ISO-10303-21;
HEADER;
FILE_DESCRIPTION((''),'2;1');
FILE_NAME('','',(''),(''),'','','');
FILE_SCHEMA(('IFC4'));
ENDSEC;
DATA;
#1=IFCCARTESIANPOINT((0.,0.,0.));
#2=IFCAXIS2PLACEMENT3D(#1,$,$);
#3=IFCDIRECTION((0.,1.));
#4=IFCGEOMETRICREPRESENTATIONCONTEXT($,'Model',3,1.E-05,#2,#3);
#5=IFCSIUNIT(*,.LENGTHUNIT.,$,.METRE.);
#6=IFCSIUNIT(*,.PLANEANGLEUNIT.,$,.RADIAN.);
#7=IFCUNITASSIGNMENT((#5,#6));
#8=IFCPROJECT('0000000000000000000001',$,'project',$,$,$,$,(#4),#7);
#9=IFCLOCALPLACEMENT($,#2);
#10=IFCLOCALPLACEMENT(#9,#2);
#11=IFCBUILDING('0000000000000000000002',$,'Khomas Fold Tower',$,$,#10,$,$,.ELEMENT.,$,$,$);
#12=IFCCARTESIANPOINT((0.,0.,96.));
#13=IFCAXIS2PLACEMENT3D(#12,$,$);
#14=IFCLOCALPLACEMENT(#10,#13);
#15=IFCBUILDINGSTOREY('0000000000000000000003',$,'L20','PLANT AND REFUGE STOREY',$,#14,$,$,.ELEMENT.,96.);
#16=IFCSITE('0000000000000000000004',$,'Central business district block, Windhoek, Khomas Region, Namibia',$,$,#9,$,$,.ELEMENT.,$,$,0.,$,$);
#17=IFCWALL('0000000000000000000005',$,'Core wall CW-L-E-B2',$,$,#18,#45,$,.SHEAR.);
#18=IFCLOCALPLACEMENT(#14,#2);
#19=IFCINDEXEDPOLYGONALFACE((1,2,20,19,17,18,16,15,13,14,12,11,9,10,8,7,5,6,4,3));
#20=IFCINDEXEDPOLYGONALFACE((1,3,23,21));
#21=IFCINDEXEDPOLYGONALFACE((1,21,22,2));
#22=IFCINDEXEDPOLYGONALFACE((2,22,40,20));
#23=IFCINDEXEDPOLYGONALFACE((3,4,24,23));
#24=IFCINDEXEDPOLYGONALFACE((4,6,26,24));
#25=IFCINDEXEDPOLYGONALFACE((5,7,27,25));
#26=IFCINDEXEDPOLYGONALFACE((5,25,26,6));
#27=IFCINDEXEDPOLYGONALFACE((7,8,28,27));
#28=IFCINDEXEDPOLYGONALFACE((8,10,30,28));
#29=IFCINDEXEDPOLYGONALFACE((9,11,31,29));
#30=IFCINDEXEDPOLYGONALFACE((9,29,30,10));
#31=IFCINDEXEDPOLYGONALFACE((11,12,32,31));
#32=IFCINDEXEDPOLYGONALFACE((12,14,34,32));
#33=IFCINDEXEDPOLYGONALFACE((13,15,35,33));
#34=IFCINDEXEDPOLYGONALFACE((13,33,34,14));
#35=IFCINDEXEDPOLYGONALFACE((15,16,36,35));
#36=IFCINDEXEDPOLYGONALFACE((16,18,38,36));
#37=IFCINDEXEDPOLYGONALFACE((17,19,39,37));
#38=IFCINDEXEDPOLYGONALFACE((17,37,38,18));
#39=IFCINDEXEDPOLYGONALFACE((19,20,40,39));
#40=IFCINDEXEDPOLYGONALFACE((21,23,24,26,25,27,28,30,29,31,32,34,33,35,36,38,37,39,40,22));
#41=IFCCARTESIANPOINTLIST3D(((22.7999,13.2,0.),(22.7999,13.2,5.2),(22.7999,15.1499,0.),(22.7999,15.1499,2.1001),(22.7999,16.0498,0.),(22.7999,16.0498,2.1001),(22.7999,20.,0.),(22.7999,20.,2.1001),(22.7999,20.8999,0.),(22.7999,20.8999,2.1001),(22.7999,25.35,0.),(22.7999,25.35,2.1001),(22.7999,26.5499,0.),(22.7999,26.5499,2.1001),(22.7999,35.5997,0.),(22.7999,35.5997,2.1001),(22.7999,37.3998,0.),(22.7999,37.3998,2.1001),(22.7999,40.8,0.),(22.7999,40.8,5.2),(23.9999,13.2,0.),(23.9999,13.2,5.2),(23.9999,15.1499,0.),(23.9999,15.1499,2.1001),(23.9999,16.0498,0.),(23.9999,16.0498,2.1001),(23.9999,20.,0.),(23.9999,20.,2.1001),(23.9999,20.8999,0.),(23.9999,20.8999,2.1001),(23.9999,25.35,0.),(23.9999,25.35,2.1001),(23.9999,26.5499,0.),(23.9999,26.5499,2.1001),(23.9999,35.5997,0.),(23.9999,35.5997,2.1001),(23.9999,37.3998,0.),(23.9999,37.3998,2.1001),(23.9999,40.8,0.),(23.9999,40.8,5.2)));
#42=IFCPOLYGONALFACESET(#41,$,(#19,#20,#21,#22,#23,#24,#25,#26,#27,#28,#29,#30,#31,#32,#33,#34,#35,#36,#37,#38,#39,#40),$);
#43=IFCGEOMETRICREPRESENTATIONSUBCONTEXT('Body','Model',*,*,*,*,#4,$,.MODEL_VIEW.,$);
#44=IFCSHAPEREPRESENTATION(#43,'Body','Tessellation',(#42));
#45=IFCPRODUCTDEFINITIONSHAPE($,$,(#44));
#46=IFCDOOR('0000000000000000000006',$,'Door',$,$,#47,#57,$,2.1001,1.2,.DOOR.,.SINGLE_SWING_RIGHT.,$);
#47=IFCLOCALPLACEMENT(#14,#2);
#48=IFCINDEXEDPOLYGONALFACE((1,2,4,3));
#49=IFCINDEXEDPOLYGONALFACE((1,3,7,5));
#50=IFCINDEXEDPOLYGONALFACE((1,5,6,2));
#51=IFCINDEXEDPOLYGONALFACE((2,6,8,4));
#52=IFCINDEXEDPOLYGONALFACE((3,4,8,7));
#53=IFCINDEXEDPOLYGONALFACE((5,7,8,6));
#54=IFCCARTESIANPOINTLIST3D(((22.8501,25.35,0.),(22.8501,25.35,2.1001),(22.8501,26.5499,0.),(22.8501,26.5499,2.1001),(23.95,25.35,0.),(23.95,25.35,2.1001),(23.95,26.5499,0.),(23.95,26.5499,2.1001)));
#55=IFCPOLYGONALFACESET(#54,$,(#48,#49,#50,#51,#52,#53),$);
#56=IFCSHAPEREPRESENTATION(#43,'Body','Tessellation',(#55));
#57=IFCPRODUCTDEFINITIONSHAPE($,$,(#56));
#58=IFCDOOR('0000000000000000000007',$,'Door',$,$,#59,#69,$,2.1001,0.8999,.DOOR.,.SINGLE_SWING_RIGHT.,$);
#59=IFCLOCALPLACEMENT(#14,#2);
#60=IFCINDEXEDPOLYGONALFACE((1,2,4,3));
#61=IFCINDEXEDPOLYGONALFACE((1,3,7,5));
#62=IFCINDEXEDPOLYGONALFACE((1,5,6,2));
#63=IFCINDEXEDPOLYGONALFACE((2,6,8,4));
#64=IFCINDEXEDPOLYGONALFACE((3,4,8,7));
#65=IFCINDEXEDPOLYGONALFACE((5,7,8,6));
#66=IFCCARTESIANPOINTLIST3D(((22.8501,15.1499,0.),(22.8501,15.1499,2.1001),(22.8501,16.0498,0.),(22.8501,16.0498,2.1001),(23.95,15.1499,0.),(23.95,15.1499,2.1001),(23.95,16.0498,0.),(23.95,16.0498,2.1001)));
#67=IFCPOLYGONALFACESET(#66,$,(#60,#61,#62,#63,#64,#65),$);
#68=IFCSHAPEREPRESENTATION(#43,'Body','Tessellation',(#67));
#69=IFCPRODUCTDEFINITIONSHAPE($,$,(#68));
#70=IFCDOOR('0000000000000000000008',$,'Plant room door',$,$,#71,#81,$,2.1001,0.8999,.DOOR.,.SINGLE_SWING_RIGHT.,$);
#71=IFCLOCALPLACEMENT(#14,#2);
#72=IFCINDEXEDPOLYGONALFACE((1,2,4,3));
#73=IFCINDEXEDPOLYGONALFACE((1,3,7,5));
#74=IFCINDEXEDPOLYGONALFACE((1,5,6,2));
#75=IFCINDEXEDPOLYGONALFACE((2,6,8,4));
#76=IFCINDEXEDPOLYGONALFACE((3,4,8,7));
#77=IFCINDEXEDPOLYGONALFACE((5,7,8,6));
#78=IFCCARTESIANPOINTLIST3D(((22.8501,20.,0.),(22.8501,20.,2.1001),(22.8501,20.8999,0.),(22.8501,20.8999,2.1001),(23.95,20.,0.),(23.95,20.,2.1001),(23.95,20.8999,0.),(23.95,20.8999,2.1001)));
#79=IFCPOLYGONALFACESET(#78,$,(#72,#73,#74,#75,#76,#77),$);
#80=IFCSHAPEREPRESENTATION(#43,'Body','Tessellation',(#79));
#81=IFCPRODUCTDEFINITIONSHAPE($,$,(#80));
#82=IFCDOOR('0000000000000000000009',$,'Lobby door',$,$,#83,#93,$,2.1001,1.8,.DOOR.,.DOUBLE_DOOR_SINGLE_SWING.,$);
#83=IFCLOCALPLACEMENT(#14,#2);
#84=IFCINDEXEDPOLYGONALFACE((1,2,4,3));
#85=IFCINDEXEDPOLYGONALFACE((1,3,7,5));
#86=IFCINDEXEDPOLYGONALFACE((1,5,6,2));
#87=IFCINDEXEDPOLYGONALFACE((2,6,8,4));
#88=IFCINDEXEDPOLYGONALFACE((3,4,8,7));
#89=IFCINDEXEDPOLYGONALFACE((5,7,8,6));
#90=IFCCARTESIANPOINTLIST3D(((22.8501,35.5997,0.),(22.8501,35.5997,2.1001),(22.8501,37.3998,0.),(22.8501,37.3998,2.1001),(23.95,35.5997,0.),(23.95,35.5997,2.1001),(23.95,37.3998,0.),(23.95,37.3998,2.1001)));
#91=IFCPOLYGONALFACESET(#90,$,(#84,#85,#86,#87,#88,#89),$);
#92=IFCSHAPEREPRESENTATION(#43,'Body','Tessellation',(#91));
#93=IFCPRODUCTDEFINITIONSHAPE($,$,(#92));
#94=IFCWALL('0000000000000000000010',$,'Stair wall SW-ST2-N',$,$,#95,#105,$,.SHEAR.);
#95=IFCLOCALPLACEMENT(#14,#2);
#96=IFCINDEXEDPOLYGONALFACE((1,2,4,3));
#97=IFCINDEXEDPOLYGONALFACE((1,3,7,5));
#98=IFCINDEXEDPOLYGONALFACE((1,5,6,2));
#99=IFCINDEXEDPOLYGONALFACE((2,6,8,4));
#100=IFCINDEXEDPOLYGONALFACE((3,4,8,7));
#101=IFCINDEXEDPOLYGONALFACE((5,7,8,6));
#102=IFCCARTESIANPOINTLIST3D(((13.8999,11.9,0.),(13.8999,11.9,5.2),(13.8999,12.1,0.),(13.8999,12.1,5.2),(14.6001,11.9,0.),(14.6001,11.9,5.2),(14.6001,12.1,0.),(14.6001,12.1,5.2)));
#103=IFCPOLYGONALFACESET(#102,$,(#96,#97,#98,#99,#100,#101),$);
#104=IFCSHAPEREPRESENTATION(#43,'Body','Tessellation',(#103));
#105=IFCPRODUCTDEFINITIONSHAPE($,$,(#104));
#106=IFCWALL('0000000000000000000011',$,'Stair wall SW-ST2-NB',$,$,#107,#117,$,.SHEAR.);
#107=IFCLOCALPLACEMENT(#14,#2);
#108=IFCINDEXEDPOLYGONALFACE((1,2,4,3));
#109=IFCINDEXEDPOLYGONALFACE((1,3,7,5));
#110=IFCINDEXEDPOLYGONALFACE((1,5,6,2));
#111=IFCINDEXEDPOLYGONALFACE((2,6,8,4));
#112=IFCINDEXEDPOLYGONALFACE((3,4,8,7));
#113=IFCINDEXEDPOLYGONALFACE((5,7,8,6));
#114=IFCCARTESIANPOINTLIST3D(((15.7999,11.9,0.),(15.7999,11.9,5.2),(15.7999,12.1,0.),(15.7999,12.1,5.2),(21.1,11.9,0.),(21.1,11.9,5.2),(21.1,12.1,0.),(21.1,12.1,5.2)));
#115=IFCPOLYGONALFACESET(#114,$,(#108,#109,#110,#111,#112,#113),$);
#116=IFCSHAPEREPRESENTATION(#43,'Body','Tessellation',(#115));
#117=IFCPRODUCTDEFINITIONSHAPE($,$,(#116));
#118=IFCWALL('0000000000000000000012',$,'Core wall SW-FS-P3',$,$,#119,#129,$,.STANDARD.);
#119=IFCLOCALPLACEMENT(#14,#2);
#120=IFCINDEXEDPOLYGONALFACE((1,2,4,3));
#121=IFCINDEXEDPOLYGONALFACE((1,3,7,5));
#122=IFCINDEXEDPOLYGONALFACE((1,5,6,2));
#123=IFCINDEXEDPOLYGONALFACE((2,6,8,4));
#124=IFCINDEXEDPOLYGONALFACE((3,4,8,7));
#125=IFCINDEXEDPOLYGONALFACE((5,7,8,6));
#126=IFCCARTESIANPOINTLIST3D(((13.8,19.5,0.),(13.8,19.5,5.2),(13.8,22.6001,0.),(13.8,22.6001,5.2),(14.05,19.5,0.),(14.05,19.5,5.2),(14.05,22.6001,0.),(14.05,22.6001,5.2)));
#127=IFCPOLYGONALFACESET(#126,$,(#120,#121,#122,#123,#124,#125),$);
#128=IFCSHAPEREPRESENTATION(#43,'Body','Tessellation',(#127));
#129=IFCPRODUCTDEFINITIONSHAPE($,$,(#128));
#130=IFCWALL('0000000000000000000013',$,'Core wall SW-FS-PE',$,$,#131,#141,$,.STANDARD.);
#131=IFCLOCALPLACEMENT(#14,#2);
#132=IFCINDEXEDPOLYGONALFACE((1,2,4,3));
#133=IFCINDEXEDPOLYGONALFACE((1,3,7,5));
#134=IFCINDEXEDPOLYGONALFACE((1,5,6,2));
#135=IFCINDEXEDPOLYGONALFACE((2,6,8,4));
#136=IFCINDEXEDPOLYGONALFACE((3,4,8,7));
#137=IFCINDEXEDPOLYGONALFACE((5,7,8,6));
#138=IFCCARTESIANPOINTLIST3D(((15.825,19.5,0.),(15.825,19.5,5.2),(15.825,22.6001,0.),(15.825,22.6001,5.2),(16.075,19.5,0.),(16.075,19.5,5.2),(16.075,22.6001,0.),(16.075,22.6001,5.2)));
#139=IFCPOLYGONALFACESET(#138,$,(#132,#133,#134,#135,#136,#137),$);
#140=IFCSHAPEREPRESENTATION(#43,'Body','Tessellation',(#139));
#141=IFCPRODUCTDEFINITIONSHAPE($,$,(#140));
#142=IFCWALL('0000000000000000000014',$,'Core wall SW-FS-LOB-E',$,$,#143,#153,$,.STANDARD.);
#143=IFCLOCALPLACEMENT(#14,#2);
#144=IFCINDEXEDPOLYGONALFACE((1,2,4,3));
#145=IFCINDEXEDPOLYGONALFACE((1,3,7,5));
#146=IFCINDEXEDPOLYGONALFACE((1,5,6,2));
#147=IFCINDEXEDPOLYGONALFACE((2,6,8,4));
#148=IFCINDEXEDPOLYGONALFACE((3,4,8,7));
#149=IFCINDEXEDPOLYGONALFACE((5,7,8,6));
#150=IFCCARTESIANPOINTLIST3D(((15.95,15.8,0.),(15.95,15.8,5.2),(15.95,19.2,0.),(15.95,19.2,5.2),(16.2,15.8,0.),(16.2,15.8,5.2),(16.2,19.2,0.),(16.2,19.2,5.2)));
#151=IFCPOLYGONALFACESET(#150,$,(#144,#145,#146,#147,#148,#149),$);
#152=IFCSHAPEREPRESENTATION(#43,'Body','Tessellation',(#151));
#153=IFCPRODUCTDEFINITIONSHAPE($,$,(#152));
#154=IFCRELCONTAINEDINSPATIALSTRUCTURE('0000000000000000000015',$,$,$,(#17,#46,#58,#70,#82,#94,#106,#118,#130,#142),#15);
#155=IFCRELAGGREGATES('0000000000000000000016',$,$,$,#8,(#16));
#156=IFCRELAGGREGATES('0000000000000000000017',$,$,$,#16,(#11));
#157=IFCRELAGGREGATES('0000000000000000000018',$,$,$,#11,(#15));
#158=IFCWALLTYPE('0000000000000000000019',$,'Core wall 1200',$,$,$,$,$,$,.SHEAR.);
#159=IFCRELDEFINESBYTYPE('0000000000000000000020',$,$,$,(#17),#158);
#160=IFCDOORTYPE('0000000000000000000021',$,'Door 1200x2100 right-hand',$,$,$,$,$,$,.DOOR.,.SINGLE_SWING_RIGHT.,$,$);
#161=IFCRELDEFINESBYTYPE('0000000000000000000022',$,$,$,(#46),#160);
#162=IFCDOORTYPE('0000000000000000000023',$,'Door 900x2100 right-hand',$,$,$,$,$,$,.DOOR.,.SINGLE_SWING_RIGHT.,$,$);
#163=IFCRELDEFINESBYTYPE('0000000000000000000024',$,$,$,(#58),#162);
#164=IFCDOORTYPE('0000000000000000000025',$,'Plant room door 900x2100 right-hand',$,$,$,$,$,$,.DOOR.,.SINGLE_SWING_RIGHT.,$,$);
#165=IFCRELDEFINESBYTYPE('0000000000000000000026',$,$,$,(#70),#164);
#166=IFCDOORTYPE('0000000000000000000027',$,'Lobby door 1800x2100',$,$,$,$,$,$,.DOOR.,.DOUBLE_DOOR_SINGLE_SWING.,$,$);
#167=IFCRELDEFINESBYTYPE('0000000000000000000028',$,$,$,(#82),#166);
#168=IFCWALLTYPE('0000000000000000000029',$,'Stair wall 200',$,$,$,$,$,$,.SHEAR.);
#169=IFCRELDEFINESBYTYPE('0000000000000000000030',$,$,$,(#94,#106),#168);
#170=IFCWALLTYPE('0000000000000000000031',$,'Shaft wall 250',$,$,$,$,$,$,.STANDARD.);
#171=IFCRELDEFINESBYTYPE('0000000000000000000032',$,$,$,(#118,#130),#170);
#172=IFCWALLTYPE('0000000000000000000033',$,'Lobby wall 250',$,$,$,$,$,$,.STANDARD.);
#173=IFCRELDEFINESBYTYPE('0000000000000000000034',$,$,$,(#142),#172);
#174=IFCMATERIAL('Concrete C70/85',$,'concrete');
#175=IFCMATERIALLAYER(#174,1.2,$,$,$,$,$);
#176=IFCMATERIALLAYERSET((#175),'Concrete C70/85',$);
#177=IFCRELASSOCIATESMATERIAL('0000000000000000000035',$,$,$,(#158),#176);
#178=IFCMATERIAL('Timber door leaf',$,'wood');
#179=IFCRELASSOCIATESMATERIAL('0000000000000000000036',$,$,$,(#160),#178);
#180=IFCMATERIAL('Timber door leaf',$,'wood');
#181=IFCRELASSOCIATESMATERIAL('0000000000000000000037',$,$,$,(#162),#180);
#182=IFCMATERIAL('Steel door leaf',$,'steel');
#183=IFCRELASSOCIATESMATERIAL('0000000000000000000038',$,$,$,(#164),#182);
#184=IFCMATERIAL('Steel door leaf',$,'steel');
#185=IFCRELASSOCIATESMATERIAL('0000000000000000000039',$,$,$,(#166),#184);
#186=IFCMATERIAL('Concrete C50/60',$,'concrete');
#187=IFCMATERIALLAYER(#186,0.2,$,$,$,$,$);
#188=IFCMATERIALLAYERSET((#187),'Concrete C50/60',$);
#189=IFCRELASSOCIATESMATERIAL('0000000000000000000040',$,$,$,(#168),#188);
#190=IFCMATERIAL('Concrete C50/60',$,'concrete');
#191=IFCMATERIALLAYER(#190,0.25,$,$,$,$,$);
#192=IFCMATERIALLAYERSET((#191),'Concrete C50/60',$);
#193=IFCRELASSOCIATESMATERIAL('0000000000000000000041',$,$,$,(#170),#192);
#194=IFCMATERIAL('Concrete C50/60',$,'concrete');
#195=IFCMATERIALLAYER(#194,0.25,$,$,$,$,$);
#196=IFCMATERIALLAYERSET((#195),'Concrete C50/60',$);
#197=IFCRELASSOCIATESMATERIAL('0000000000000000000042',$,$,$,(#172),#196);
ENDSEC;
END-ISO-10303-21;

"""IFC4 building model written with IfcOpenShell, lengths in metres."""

from ifc_helpers import new_model, si_unit, direction, frame, frame_2d, origin, place, context, subcontext, project, spatial, rectangle, extrude, source, transform, mapped, material, layer, layer_set, type_object, element, fill, save


model = new_model("IFC4")

# Units and contexts
model_context = context("Model", 3, precision=1e-05, world=origin(), true_north=direction((0.0, 1.0)))
body_context = subcontext(model_context, "Body", "Model", "MODEL_VIEW")
ifc_project = project(units=[si_unit("LENGTHUNIT", "METRE"), si_unit("PLANEANGLEUNIT", "RADIAN")], contexts=[model_context])

# Site, building, storey
site_placement = place(None, origin())
site = spatial("IfcSite", under=ifc_project, at=site_placement, Name="Central business district block, Windhoek, Khomas Region, Namibia", CompositionType="ELEMENT", RefElevation=0.0)
building_placement = place(site_placement, origin())
building = spatial("IfcBuilding", under=site, at=building_placement, Name="Khomas Fold Tower", CompositionType="ELEMENT")
storey_placement = place(building_placement, frame((0.0, 0.0, 96.0)))
storey = spatial("IfcBuildingStorey", under=building, at=storey_placement, Name="L20", Description="PLANT AND REFUGE STOREY", CompositionType="ELEMENT", Elevation=96.0)

# Shared definitions
ifc_material_1 = material(Name="Concrete C70/85", Category="concrete")
ifc_layer_1 = layer(ifc_material_1, 1.2)
ifc_layer_set_1 = layer_set([ifc_layer_1], Name="Concrete C70/85")
wall_type_1 = type_object("IfcWallType", Name="Core wall 1200", PredefinedType="SHEAR", material=ifc_layer_set_1)

# Wall, openings, doors
shared_shape_1 = source(origin(), body_context, "Body", "SweptSolid", [
    extrude(rectangle(XDim=27.6001, YDim=1.2, at=frame_2d((13.8, 0.0))), origin(), (0.0, 0.0, 1.0), 5.2),
])
wall_1_placement = place(storey_placement, frame((23.3999, 13.2, 0.0), z_axis=(0.0, 0.0, 1.0), x_axis=(0.0, 1.0, 0.0)))
wall_1 = element("IfcWall", 1, at=wall_1_placement, inside=storey, type_object=wall_type_1, Name="Core wall CW-L-E-B2", PredefinedType="SHEAR", context=body_context, shape_type="MappedRepresentation", body=[
    mapped(shared_shape_1, transform((0.0, 0.0, 0.0))),
])
shared_shape_2 = source(origin(), body_context, "Body", "SweptSolid", [
    extrude(rectangle(XDim=1.8, YDim=2.1001, at=frame_2d((0.8999, 1.05))), frame((0.0, 0.6099, 0.0), z_axis=(0.0, -1.0, 0.0), x_axis=(1.0, 0.0, 0.0)), (0.0, 0.0, 1.0), 1.22),
])
opening_1_placement = place(wall_1_placement, frame((22.3999, 0.0, 0.0)))
opening_1 = element("IfcOpeningElement", 2, at=opening_1_placement, cuts=wall_1, PredefinedType="OPENING", context=body_context, shape_type="MappedRepresentation", body=[
    mapped(shared_shape_2, transform((0.0, 0.0, 0.0))),
])
shared_shape_3 = source(origin(), body_context, "Body", "SweptSolid", [
    extrude(rectangle(XDim=1.2, YDim=2.1001, at=frame_2d((0.6001, 1.05))), frame((0.0, 0.6099, 0.0), z_axis=(0.0, -1.0, 0.0), x_axis=(1.0, 0.0, 0.0)), (0.0, 0.0, 1.0), 1.22),
])
opening_2_placement = place(wall_1_placement, frame((12.1499, 0.0, 0.0)))
opening_2 = element("IfcOpeningElement", 3, at=opening_2_placement, cuts=wall_1, PredefinedType="OPENING", context=body_context, shape_type="MappedRepresentation", body=[
    mapped(shared_shape_3, transform((0.0, 0.0, 0.0))),
])
shared_shape_4 = source(origin(), body_context, "Body", "SweptSolid", [
    extrude(rectangle(XDim=0.8999, YDim=2.1001, at=frame_2d((0.45, 1.05))), frame((0.0, 0.6099, 0.0), z_axis=(0.0, -1.0, 0.0), x_axis=(1.0, 0.0, 0.0)), (0.0, 0.0, 1.0), 1.22),
])
opening_3_placement = place(wall_1_placement, frame((1.95, 0.0, 0.0)))
opening_3 = element("IfcOpeningElement", 4, at=opening_3_placement, cuts=wall_1, PredefinedType="OPENING", context=body_context, shape_type="MappedRepresentation", body=[
    mapped(shared_shape_4, transform((0.0, 0.0, 0.0))),
])
opening_4_placement = place(wall_1_placement, frame((6.8, 0.0, 0.0)))
opening_4 = element("IfcOpeningElement", 5, at=opening_4_placement, cuts=wall_1, PredefinedType="OPENING", context=body_context, shape_type="MappedRepresentation", body=[
    mapped(shared_shape_4, transform((0.0, 0.0, 0.0))),
])
ifc_material_2 = material(Name="Timber door leaf", Category="wood")
door_type_1 = type_object("IfcDoorType", Name="Door 1200x2100 right-hand", OperationType="SINGLE_SWING_RIGHT", PredefinedType="DOOR", material=ifc_material_2)
shared_shape_5 = source(origin(), body_context, "Body", "SweptSolid", [
    extrude(rectangle(XDim=1.2, YDim=2.1001, at=frame_2d((0.6001, 1.05))), frame((0.0, 0.5498, 0.0), z_axis=(0.0, -1.0, 0.0), x_axis=(1.0, 0.0, 0.0)), (0.0, 0.0, 1.0), 1.0999),
])
door_1_placement = place(opening_2_placement, origin())
door_1 = element("IfcDoor", 6, at=door_1_placement, inside=storey, type_object=door_type_1, Name="Door", OperationType="SINGLE_SWING_RIGHT", OverallHeight=2.1001, OverallWidth=1.2, PredefinedType="DOOR", context=body_context, shape_type="MappedRepresentation", body=[
    mapped(shared_shape_5, transform((0.0, 0.0, 0.0))),
])
fill(opening_2, door_1)
ifc_material_3 = material(Name="Timber door leaf", Category="wood")
door_type_2 = type_object("IfcDoorType", Name="Door 900x2100 right-hand", OperationType="SINGLE_SWING_RIGHT", PredefinedType="DOOR", material=ifc_material_3)
shared_shape_6 = source(origin(), body_context, "Body", "SweptSolid", [
    extrude(rectangle(XDim=0.8999, YDim=2.1001, at=frame_2d((0.45, 1.05))), frame((0.0, 0.5498, 0.0), z_axis=(0.0, -1.0, 0.0), x_axis=(1.0, 0.0, 0.0)), (0.0, 0.0, 1.0), 1.0999),
])
door_2_placement = place(opening_3_placement, origin())
door_2 = element("IfcDoor", 7, at=door_2_placement, inside=storey, type_object=door_type_2, Name="Door", OperationType="SINGLE_SWING_RIGHT", OverallHeight=2.1001, OverallWidth=0.8999, PredefinedType="DOOR", context=body_context, shape_type="MappedRepresentation", body=[
    mapped(shared_shape_6, transform((0.0, 0.0, 0.0))),
])
fill(opening_3, door_2)
ifc_material_4 = material(Name="Steel door leaf", Category="steel")
door_type_3 = type_object("IfcDoorType", Name="Plant room door 900x2100 right-hand", OperationType="SINGLE_SWING_RIGHT", PredefinedType="DOOR", material=ifc_material_4)
door_3_placement = place(opening_4_placement, origin())
door_3 = element("IfcDoor", 8, at=door_3_placement, inside=storey, type_object=door_type_3, Name="Plant room door", OperationType="SINGLE_SWING_RIGHT", OverallHeight=2.1001, OverallWidth=0.8999, PredefinedType="DOOR", context=body_context, shape_type="MappedRepresentation", body=[
    mapped(shared_shape_6, transform((0.0, 0.0, 0.0))),
])
fill(opening_4, door_3)
ifc_material_5 = material(Name="Steel door leaf", Category="steel")
door_type_4 = type_object("IfcDoorType", Name="Lobby door 1800x2100", OperationType="DOUBLE_DOOR_SINGLE_SWING", PredefinedType="DOOR", material=ifc_material_5)
shared_shape_7 = source(origin(), body_context, "Body", "SweptSolid", [
    extrude(rectangle(XDim=1.8, YDim=2.1001, at=frame_2d((0.8999, 1.05))), frame((0.0, 0.5498, 0.0), z_axis=(0.0, -1.0, 0.0), x_axis=(1.0, 0.0, 0.0)), (0.0, 0.0, 1.0), 1.0999),
])
door_4_placement = place(opening_1_placement, origin())
door_4 = element("IfcDoor", 9, at=door_4_placement, inside=storey, type_object=door_type_4, Name="Lobby door", OperationType="DOUBLE_DOOR_SINGLE_SWING", OverallHeight=2.1001, OverallWidth=1.8, PredefinedType="DOOR", context=body_context, shape_type="MappedRepresentation", body=[
    mapped(shared_shape_7, transform((0.0, 0.0, 0.0))),
])
fill(opening_1, door_4)

# Walls
ifc_material_6 = material(Name="Concrete C50/60", Category="concrete")
ifc_layer_2 = layer(ifc_material_6, 0.2)
ifc_layer_set_2 = layer_set([ifc_layer_2], Name="Concrete C50/60")
wall_type_2 = type_object("IfcWallType", Name="Stair wall 200", PredefinedType="SHEAR", material=ifc_layer_set_2)
shared_shape_8 = source(origin(), body_context, "Body", "SweptSolid", [
    extrude(rectangle(XDim=0.7002, YDim=0.2, at=frame_2d((0.3501, 0.0))), origin(), (0.0, 0.0, 1.0), 5.2),
])
wall_2_placement = place(storey_placement, frame((13.8999, 12.0, 0.0), z_axis=(0.0, 0.0, 1.0), x_axis=(1.0, 0.0, 0.0)))
element("IfcWall", 10, at=wall_2_placement, inside=storey, type_object=wall_type_2, Name="Stair wall SW-ST2-N", PredefinedType="SHEAR", context=body_context, shape_type="MappedRepresentation", body=[
    mapped(shared_shape_8, transform((0.0, 0.0, 0.0))),
])
shared_shape_9 = source(origin(), body_context, "Body", "SweptSolid", [
    extrude(rectangle(XDim=5.3, YDim=0.2, at=frame_2d((2.6499, 0.0))), origin(), (0.0, 0.0, 1.0), 5.2),
])
wall_3_placement = place(storey_placement, frame((15.8, 12.0, 0.0), z_axis=(0.0, 0.0, 1.0), x_axis=(1.0, 0.0, 0.0)))
element("IfcWall", 11, at=wall_3_placement, inside=storey, type_object=wall_type_2, Name="Stair wall SW-ST2-NB", PredefinedType="SHEAR", context=body_context, shape_type="MappedRepresentation", body=[
    mapped(shared_shape_9, transform((0.0, 0.0, 0.0))),
])
ifc_material_7 = material(Name="Concrete C50/60", Category="concrete")
ifc_layer_3 = layer(ifc_material_7, 0.25)
ifc_layer_set_3 = layer_set([ifc_layer_3], Name="Concrete C50/60")
wall_type_3 = type_object("IfcWallType", Name="Shaft wall 250", PredefinedType="STANDARD", material=ifc_layer_set_3)
shared_shape_10 = source(origin(), body_context, "Body", "SweptSolid", [
    extrude(rectangle(XDim=3.1001, YDim=0.25, at=frame_2d((1.55, 0.0))), origin(), (0.0, 0.0, 1.0), 5.2),
])
for number, where, z_axis, x_axis, name in (
    (12, (13.925, 19.5, 0.0), (0.0, 0.0, 1.0), (0.0, 1.0, 0.0), "Core wall SW-FS-P3"),
    (13, (15.95, 19.5, 0.0), (0.0, 0.0, 1.0), (0.0, 1.0, 0.0), "Core wall SW-FS-PE"),
):
    element("IfcWall", number, at=place(storey_placement, frame(where, z_axis=z_axis, x_axis=x_axis)), inside=storey, type_object=wall_type_3, Name=name, PredefinedType="STANDARD", context=body_context, shape_type="MappedRepresentation", body=[
        mapped(shared_shape_10, transform((0.0, 0.0, 0.0))),
    ])
ifc_material_8 = material(Name="Concrete C50/60", Category="concrete")
ifc_layer_4 = layer(ifc_material_8, 0.25)
ifc_layer_set_4 = layer_set([ifc_layer_4], Name="Concrete C50/60")
wall_type_4 = type_object("IfcWallType", Name="Lobby wall 250", PredefinedType="STANDARD", material=ifc_layer_set_4)
shared_shape_11 = source(origin(), body_context, "Body", "SweptSolid", [
    extrude(rectangle(XDim=3.3999, YDim=0.25, at=frame_2d((1.7, 0.0))), origin(), (0.0, 0.0, 1.0), 5.2),
])
wall_4_placement = place(storey_placement, frame((16.075, 15.8, 0.0), z_axis=(0.0, 0.0, 1.0), x_axis=(0.0, 1.0, 0.0)))
element("IfcWall", 14, at=wall_4_placement, inside=storey, type_object=wall_type_4, Name="Core wall SW-FS-LOB-E", PredefinedType="STANDARD", context=body_context, shape_type="MappedRepresentation", body=[
    mapped(shared_shape_11, transform((0.0, 0.0, 0.0))),
])

save(model, "model.ifc")
